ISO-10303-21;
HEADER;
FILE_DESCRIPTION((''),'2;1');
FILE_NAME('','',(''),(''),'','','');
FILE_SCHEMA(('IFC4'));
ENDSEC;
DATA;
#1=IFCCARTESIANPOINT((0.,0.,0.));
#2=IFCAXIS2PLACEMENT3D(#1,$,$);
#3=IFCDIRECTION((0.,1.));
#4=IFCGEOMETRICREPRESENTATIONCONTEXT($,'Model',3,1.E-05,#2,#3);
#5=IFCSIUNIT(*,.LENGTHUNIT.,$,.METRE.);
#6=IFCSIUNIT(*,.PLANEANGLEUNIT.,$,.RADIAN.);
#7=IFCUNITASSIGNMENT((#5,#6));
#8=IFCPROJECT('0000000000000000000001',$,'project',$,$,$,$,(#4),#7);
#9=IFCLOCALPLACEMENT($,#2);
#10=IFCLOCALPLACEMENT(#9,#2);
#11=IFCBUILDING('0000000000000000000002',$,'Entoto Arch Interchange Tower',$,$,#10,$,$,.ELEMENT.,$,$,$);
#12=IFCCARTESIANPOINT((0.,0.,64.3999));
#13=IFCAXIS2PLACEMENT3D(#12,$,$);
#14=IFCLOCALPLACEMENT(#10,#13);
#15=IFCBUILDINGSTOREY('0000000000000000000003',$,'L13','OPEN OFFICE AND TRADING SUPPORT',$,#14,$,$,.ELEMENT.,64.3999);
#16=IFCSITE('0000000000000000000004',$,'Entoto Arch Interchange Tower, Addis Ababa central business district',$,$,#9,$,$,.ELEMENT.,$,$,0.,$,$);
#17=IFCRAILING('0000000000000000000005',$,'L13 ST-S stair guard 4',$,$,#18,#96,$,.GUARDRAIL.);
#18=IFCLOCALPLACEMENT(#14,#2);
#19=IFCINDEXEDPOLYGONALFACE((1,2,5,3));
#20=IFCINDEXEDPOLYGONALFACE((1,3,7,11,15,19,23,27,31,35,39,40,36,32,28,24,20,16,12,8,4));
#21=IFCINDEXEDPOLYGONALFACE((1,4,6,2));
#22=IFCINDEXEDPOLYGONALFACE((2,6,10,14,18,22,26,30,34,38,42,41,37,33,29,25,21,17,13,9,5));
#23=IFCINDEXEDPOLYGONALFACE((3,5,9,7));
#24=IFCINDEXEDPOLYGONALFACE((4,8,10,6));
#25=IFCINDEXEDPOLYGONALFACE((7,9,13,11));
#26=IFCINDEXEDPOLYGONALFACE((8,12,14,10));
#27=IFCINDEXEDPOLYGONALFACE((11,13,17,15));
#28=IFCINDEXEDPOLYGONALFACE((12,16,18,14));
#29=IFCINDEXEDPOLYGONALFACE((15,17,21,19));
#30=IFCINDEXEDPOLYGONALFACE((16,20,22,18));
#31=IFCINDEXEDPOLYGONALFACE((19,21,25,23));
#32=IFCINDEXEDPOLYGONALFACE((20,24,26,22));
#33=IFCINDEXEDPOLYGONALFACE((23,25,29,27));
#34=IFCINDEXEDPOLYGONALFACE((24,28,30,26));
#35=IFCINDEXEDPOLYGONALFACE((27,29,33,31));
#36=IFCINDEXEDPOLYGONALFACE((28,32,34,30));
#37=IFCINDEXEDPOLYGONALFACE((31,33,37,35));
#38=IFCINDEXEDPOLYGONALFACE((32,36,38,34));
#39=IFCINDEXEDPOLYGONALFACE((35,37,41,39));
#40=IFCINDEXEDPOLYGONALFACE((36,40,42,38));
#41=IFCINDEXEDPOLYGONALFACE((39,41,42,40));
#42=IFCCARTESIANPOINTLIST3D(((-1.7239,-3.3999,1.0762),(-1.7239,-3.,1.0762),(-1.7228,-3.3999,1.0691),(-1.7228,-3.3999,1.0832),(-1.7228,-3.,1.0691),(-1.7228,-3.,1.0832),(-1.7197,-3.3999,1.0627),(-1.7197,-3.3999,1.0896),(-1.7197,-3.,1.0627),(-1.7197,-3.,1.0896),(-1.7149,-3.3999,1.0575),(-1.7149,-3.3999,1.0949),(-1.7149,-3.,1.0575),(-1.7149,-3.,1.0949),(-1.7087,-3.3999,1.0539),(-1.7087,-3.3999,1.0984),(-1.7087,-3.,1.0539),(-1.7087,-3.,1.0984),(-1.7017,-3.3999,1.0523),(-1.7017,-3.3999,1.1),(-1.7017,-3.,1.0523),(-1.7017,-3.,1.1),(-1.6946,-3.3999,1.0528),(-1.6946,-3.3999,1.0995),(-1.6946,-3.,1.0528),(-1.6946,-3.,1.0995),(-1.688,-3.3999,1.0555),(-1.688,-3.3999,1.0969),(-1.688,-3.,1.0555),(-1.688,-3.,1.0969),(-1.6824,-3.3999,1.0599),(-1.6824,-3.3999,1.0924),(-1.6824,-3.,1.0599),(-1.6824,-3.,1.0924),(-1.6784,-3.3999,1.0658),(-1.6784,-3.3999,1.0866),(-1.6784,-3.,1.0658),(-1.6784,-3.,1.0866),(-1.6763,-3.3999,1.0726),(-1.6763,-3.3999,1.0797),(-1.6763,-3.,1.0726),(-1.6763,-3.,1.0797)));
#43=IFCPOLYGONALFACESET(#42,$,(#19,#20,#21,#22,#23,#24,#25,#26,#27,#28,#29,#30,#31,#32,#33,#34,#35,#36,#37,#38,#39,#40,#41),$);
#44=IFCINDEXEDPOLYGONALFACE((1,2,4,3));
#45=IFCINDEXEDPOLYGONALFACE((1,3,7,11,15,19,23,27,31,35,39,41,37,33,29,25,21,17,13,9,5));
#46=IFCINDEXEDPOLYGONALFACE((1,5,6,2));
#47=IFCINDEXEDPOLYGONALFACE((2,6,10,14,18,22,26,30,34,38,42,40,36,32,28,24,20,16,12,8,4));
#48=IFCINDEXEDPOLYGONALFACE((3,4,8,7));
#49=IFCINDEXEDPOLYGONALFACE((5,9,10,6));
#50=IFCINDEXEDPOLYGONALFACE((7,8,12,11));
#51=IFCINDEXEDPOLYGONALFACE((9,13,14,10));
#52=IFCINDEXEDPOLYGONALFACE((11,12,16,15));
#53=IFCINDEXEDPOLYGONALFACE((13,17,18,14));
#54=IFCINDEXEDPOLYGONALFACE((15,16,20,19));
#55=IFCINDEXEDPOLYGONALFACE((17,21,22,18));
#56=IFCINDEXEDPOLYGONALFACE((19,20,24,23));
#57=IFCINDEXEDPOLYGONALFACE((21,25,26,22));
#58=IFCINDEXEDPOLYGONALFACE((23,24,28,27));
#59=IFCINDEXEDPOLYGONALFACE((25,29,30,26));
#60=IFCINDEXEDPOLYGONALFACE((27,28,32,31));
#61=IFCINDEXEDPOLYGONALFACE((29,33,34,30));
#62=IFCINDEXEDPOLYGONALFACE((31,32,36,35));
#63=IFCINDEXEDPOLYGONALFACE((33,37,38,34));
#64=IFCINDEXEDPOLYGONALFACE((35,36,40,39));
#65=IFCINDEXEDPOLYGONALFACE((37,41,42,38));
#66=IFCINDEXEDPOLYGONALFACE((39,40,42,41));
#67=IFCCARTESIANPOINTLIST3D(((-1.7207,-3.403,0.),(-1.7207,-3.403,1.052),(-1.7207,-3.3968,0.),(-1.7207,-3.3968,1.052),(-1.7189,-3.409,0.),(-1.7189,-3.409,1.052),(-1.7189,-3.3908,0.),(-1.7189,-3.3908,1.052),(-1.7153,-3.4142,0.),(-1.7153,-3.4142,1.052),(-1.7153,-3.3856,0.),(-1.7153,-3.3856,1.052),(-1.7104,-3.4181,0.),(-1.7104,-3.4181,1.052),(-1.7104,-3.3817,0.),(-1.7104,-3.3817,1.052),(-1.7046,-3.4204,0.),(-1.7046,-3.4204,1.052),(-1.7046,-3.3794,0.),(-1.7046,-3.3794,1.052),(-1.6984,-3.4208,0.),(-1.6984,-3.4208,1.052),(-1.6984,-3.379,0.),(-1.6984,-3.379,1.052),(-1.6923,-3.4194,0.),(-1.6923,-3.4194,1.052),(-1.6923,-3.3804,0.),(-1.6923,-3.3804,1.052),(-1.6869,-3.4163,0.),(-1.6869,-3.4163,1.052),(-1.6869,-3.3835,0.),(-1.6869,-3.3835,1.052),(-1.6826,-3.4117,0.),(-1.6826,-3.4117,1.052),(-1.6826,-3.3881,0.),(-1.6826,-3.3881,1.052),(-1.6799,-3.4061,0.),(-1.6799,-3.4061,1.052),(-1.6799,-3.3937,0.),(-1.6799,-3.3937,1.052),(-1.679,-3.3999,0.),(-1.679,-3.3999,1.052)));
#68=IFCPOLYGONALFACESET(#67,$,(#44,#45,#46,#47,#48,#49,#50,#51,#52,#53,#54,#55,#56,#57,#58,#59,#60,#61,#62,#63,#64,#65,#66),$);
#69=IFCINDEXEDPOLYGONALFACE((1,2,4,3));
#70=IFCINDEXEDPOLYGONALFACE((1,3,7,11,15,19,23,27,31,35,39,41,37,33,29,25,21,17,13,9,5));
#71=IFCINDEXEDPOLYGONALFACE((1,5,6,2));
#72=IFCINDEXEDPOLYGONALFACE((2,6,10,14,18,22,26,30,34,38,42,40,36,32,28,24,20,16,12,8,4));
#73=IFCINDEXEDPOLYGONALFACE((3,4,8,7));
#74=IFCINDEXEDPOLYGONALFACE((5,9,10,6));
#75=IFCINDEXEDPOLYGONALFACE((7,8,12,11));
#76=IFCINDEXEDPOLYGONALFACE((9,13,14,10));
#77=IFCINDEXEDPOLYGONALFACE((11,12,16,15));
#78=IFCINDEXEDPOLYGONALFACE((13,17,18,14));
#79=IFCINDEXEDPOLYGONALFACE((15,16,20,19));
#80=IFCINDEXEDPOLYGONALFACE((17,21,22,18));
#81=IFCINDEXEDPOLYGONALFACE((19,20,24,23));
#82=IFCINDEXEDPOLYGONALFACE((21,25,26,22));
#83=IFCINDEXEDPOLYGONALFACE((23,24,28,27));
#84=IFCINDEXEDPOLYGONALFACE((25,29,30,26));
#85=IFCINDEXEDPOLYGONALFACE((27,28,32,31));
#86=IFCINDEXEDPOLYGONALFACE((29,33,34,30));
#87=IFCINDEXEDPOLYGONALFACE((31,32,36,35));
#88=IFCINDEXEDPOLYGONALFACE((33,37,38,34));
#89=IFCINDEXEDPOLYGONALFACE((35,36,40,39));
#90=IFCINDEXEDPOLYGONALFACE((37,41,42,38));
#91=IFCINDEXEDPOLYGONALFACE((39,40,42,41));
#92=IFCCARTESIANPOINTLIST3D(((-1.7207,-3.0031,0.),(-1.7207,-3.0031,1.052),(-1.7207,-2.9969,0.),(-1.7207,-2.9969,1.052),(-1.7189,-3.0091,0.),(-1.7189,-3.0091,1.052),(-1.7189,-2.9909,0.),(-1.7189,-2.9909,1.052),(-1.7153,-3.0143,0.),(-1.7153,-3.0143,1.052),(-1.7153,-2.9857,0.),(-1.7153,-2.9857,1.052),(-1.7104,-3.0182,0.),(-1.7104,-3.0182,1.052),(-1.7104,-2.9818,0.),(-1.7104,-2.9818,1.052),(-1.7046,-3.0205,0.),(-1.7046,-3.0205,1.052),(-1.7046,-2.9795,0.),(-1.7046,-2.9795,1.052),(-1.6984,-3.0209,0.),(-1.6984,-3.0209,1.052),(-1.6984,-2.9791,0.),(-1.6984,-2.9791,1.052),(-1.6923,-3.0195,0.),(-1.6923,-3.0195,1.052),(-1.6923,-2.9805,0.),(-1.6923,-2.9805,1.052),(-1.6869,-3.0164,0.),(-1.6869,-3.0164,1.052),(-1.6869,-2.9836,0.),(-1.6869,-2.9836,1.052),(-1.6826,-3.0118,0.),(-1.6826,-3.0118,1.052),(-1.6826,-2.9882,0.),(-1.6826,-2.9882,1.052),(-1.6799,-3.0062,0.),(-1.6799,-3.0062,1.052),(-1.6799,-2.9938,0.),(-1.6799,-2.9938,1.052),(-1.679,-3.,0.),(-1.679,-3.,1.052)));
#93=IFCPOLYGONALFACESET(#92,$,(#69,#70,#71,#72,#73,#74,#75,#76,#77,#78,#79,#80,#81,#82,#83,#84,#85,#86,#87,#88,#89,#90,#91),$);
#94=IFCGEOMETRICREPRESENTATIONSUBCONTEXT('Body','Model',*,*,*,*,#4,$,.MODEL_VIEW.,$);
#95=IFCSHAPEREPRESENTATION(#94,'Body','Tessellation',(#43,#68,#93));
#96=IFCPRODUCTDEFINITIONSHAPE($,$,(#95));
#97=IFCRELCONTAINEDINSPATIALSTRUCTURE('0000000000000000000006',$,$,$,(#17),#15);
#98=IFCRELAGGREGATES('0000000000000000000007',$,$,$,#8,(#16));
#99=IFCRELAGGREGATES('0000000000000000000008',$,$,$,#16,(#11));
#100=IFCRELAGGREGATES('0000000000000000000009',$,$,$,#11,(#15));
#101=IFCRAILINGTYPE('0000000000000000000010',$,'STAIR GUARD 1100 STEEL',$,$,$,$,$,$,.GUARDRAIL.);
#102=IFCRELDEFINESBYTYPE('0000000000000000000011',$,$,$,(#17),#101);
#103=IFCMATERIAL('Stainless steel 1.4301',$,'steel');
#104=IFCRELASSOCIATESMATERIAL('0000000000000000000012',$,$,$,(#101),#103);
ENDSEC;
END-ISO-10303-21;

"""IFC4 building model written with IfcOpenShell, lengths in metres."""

from ifc_helpers import new_model, si_unit, direction, frame, origin, origin_2d, place, context, subcontext, project, spatial, circle, extrude, material, type_object, element, save


model = new_model("IFC4")

# Units and contexts
model_context = context("Model", 3, precision=1e-05, world=origin(), true_north=direction((0.0, 1.0)))
body_context = subcontext(model_context, "Body", "Model", "MODEL_VIEW")
ifc_project = project(units=[si_unit("LENGTHUNIT", "METRE"), si_unit("PLANEANGLEUNIT", "RADIAN")], contexts=[model_context])

# Site, building, storey
site_placement = place(None, origin())
site = spatial("IfcSite", under=ifc_project, at=site_placement, Name="Entoto Arch Interchange Tower, Addis Ababa central business district", CompositionType="ELEMENT", RefElevation=0.0)
building_placement = place(site_placement, origin())
building = spatial("IfcBuilding", under=site, at=building_placement, Name="Entoto Arch Interchange Tower", CompositionType="ELEMENT")
storey_placement = place(building_placement, frame((0.0, 0.0, 64.3999)))
storey = spatial("IfcBuildingStorey", under=building, at=storey_placement, Name="L13", Description="OPEN OFFICE AND TRADING SUPPORT", CompositionType="ELEMENT", Elevation=64.3999)

# Railing
ifc_material_1 = material(Name="Stainless steel 1.4301", Category="steel")
railing_type_1 = type_object("IfcRailingType", Name="STAIR GUARD 1100 STEEL", PredefinedType="GUARDRAIL", material=ifc_material_1)
railing_1_placement = place(storey_placement, frame((-1.7, -3.3999, 0.0)))
element("IfcRailing", 1, at=railing_1_placement, inside=storey, type_object=railing_type_1, Name="L13 ST-S stair guard 4", PredefinedType="GUARDRAIL", context=body_context, shape_type="SweptSolid", body=[
    extrude(circle(Radius=0.0239, at=origin_2d()), frame((0.0, 0.0, 1.0762), z_axis=(0.0, 1.0, 0.0), x_axis=(-1.0, 0.0, 0.0)), (0.0, 0.0, 1.0), 0.3999),
    extrude(circle(Radius=0.021, at=origin_2d()), origin(), (0.0, 0.0, 1.0), 1.052),
    extrude(circle(Radius=0.021, at=origin_2d()), frame((0.0, 0.3999, 0.0)), (0.0, 0.0, 1.0), 1.052),
])

save(model, "model.ifc")
